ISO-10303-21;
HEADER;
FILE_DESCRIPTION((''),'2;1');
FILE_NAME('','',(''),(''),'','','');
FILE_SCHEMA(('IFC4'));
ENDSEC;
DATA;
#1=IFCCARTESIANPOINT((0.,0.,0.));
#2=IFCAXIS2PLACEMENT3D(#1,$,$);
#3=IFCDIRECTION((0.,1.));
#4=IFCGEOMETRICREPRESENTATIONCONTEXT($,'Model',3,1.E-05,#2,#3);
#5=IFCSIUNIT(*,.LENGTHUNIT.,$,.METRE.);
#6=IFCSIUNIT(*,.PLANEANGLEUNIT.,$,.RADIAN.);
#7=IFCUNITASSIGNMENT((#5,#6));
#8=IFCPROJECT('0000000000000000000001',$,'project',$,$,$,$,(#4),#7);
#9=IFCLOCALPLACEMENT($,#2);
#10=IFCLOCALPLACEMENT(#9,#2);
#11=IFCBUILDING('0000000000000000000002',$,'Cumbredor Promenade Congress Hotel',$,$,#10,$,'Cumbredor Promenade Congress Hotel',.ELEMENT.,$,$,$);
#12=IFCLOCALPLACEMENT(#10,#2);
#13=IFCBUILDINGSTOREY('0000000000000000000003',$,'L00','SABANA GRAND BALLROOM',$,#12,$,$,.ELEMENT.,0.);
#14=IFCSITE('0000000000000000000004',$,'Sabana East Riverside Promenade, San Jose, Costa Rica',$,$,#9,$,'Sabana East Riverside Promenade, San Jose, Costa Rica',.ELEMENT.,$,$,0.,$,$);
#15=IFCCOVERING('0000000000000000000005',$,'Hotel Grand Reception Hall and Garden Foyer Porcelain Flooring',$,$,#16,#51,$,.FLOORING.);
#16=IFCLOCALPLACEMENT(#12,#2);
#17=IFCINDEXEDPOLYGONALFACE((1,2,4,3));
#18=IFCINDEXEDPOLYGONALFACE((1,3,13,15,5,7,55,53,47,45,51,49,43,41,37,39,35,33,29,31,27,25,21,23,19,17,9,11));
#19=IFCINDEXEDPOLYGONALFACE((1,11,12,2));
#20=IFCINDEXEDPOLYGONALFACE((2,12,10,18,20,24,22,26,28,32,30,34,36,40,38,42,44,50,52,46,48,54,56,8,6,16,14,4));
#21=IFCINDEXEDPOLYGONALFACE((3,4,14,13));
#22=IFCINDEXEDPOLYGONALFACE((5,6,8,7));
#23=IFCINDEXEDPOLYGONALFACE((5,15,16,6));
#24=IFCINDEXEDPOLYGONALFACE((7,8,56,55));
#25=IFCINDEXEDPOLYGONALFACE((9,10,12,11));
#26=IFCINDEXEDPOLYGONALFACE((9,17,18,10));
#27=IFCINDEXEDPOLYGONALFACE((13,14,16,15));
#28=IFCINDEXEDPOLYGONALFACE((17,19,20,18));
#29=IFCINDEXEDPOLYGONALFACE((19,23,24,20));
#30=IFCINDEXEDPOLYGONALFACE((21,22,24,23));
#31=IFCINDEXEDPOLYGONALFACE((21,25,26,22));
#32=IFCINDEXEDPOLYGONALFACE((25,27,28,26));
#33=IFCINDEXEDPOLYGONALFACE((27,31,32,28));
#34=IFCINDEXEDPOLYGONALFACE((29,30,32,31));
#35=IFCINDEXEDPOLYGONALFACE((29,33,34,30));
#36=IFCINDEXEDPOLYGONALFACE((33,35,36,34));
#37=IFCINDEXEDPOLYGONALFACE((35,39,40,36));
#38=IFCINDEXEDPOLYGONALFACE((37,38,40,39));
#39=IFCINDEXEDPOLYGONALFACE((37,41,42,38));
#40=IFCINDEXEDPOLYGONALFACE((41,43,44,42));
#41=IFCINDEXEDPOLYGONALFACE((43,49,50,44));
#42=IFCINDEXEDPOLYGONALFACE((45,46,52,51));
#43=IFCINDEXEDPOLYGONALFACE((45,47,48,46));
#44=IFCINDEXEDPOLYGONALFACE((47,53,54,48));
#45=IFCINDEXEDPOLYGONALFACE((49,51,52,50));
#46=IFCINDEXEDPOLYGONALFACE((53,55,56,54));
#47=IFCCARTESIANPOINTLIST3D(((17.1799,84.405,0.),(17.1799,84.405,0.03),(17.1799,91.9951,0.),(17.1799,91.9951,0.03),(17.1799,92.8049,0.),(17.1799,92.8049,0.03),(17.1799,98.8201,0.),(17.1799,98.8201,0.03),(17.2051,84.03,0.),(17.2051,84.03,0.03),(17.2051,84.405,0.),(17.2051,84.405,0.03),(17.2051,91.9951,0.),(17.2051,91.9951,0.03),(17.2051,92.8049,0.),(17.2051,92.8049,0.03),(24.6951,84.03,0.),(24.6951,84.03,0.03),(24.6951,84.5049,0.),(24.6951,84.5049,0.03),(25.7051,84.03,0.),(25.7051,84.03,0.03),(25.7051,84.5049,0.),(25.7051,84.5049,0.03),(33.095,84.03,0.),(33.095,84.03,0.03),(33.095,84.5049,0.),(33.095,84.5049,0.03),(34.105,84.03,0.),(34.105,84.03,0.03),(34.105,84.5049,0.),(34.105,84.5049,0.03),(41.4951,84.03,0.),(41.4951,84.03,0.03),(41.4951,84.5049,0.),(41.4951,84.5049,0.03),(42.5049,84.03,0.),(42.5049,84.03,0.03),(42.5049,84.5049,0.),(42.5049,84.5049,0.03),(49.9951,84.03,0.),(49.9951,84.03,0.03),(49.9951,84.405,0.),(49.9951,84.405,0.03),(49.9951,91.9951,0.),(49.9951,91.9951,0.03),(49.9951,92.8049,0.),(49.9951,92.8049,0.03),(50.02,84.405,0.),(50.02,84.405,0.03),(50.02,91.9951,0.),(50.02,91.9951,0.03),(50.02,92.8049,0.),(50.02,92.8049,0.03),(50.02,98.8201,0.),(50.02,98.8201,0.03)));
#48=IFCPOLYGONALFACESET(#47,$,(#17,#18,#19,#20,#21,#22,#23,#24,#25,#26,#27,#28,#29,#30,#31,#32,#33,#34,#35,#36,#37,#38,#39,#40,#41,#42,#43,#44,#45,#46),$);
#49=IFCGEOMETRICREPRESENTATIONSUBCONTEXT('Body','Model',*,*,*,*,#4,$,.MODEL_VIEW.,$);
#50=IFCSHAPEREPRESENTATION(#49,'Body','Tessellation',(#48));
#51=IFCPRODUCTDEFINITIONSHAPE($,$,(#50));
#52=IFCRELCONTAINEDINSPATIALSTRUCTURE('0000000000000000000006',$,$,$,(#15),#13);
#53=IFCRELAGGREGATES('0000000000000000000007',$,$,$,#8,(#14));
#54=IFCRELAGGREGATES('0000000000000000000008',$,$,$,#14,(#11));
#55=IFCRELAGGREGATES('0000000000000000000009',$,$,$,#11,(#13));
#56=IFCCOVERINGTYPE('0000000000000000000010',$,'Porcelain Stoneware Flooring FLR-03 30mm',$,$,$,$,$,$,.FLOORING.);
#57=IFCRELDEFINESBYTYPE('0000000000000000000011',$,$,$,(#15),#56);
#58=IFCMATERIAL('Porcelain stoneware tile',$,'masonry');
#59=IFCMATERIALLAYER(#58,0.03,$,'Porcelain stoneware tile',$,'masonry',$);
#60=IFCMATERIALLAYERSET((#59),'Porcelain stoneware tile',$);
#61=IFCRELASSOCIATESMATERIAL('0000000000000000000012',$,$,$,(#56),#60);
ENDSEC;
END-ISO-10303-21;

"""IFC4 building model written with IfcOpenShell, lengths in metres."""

from ifc_helpers import new_model, si_unit, direction, origin, place, context, subcontext, project, spatial, polyline, outline, extrude, material, layer, layer_set, type_object, element, save


model = new_model("IFC4")

# Units and contexts
model_context = context("Model", 3, precision=1e-05, world=origin(), true_north=direction((0.0, 1.0)))
body_context = subcontext(model_context, "Body", "Model", "MODEL_VIEW")
ifc_project = project(units=[si_unit("LENGTHUNIT", "METRE"), si_unit("PLANEANGLEUNIT", "RADIAN")], contexts=[model_context])

# Site, building, storey
site_placement = place(None, origin())
site = spatial("IfcSite", under=ifc_project, at=site_placement, Name="Sabana East Riverside Promenade, San Jose, Costa Rica", LongName="Sabana East Riverside Promenade, San Jose, Costa Rica", CompositionType="ELEMENT", RefElevation=0.0)
building_placement = place(site_placement, origin())
building = spatial("IfcBuilding", under=site, at=building_placement, Name="Cumbredor Promenade Congress Hotel", LongName="Cumbredor Promenade Congress Hotel", CompositionType="ELEMENT")
storey_placement = place(building_placement, origin())
storey = spatial("IfcBuildingStorey", under=building, at=storey_placement, Name="L00", Description="SABANA GRAND BALLROOM", CompositionType="ELEMENT", Elevation=0.0)

# Covering
ifc_material_1 = material(Name="Porcelain stoneware tile", Category="masonry")
ifc_layer_1 = layer(ifc_material_1, 0.03, Name="Porcelain stoneware tile", Category="masonry")
ifc_layer_set_1 = layer_set([ifc_layer_1], Name="Porcelain stoneware tile")
covering_type_1 = type_object("IfcCoveringType", Name="Porcelain Stoneware Flooring FLR-03 30mm", PredefinedType="FLOORING", material=ifc_layer_set_1)
covering_1_placement = place(storey_placement, origin())
element("IfcCovering", 1, at=covering_1_placement, inside=storey, type_object=covering_type_1, Name="Hotel Grand Reception Hall and Garden Foyer Porcelain Flooring", PredefinedType="FLOORING", context=body_context, shape_type="SweptSolid", body=[
    extrude(outline(polyline([(33.095, 84.03), (25.7051, 84.03), (25.7051, 84.5049), (24.6951, 84.5049), (24.6951, 84.03), (17.2051, 84.03), (17.2051, 84.405), (17.1799, 84.405), (17.1799, 91.9951), (17.2051, 91.9951), (17.2051, 92.8049), (17.1799, 92.8049), (17.1799, 98.8201), (50.02, 98.8201), (50.02, 92.8049), (49.9951, 92.8049), (49.9951, 91.9951), (50.02, 91.9951), (50.02, 84.405), (49.9951, 84.405), (49.9951, 84.03), (42.5049, 84.03), (42.5049, 84.5049), (41.4951, 84.5049), (41.4951, 84.03), (34.105, 84.03), (34.105, 84.5049), (33.095, 84.5049), (33.095, 84.03)])), origin(), (0.0, 0.0, 1.0), 0.03),
])

save(model, "model.ifc")
